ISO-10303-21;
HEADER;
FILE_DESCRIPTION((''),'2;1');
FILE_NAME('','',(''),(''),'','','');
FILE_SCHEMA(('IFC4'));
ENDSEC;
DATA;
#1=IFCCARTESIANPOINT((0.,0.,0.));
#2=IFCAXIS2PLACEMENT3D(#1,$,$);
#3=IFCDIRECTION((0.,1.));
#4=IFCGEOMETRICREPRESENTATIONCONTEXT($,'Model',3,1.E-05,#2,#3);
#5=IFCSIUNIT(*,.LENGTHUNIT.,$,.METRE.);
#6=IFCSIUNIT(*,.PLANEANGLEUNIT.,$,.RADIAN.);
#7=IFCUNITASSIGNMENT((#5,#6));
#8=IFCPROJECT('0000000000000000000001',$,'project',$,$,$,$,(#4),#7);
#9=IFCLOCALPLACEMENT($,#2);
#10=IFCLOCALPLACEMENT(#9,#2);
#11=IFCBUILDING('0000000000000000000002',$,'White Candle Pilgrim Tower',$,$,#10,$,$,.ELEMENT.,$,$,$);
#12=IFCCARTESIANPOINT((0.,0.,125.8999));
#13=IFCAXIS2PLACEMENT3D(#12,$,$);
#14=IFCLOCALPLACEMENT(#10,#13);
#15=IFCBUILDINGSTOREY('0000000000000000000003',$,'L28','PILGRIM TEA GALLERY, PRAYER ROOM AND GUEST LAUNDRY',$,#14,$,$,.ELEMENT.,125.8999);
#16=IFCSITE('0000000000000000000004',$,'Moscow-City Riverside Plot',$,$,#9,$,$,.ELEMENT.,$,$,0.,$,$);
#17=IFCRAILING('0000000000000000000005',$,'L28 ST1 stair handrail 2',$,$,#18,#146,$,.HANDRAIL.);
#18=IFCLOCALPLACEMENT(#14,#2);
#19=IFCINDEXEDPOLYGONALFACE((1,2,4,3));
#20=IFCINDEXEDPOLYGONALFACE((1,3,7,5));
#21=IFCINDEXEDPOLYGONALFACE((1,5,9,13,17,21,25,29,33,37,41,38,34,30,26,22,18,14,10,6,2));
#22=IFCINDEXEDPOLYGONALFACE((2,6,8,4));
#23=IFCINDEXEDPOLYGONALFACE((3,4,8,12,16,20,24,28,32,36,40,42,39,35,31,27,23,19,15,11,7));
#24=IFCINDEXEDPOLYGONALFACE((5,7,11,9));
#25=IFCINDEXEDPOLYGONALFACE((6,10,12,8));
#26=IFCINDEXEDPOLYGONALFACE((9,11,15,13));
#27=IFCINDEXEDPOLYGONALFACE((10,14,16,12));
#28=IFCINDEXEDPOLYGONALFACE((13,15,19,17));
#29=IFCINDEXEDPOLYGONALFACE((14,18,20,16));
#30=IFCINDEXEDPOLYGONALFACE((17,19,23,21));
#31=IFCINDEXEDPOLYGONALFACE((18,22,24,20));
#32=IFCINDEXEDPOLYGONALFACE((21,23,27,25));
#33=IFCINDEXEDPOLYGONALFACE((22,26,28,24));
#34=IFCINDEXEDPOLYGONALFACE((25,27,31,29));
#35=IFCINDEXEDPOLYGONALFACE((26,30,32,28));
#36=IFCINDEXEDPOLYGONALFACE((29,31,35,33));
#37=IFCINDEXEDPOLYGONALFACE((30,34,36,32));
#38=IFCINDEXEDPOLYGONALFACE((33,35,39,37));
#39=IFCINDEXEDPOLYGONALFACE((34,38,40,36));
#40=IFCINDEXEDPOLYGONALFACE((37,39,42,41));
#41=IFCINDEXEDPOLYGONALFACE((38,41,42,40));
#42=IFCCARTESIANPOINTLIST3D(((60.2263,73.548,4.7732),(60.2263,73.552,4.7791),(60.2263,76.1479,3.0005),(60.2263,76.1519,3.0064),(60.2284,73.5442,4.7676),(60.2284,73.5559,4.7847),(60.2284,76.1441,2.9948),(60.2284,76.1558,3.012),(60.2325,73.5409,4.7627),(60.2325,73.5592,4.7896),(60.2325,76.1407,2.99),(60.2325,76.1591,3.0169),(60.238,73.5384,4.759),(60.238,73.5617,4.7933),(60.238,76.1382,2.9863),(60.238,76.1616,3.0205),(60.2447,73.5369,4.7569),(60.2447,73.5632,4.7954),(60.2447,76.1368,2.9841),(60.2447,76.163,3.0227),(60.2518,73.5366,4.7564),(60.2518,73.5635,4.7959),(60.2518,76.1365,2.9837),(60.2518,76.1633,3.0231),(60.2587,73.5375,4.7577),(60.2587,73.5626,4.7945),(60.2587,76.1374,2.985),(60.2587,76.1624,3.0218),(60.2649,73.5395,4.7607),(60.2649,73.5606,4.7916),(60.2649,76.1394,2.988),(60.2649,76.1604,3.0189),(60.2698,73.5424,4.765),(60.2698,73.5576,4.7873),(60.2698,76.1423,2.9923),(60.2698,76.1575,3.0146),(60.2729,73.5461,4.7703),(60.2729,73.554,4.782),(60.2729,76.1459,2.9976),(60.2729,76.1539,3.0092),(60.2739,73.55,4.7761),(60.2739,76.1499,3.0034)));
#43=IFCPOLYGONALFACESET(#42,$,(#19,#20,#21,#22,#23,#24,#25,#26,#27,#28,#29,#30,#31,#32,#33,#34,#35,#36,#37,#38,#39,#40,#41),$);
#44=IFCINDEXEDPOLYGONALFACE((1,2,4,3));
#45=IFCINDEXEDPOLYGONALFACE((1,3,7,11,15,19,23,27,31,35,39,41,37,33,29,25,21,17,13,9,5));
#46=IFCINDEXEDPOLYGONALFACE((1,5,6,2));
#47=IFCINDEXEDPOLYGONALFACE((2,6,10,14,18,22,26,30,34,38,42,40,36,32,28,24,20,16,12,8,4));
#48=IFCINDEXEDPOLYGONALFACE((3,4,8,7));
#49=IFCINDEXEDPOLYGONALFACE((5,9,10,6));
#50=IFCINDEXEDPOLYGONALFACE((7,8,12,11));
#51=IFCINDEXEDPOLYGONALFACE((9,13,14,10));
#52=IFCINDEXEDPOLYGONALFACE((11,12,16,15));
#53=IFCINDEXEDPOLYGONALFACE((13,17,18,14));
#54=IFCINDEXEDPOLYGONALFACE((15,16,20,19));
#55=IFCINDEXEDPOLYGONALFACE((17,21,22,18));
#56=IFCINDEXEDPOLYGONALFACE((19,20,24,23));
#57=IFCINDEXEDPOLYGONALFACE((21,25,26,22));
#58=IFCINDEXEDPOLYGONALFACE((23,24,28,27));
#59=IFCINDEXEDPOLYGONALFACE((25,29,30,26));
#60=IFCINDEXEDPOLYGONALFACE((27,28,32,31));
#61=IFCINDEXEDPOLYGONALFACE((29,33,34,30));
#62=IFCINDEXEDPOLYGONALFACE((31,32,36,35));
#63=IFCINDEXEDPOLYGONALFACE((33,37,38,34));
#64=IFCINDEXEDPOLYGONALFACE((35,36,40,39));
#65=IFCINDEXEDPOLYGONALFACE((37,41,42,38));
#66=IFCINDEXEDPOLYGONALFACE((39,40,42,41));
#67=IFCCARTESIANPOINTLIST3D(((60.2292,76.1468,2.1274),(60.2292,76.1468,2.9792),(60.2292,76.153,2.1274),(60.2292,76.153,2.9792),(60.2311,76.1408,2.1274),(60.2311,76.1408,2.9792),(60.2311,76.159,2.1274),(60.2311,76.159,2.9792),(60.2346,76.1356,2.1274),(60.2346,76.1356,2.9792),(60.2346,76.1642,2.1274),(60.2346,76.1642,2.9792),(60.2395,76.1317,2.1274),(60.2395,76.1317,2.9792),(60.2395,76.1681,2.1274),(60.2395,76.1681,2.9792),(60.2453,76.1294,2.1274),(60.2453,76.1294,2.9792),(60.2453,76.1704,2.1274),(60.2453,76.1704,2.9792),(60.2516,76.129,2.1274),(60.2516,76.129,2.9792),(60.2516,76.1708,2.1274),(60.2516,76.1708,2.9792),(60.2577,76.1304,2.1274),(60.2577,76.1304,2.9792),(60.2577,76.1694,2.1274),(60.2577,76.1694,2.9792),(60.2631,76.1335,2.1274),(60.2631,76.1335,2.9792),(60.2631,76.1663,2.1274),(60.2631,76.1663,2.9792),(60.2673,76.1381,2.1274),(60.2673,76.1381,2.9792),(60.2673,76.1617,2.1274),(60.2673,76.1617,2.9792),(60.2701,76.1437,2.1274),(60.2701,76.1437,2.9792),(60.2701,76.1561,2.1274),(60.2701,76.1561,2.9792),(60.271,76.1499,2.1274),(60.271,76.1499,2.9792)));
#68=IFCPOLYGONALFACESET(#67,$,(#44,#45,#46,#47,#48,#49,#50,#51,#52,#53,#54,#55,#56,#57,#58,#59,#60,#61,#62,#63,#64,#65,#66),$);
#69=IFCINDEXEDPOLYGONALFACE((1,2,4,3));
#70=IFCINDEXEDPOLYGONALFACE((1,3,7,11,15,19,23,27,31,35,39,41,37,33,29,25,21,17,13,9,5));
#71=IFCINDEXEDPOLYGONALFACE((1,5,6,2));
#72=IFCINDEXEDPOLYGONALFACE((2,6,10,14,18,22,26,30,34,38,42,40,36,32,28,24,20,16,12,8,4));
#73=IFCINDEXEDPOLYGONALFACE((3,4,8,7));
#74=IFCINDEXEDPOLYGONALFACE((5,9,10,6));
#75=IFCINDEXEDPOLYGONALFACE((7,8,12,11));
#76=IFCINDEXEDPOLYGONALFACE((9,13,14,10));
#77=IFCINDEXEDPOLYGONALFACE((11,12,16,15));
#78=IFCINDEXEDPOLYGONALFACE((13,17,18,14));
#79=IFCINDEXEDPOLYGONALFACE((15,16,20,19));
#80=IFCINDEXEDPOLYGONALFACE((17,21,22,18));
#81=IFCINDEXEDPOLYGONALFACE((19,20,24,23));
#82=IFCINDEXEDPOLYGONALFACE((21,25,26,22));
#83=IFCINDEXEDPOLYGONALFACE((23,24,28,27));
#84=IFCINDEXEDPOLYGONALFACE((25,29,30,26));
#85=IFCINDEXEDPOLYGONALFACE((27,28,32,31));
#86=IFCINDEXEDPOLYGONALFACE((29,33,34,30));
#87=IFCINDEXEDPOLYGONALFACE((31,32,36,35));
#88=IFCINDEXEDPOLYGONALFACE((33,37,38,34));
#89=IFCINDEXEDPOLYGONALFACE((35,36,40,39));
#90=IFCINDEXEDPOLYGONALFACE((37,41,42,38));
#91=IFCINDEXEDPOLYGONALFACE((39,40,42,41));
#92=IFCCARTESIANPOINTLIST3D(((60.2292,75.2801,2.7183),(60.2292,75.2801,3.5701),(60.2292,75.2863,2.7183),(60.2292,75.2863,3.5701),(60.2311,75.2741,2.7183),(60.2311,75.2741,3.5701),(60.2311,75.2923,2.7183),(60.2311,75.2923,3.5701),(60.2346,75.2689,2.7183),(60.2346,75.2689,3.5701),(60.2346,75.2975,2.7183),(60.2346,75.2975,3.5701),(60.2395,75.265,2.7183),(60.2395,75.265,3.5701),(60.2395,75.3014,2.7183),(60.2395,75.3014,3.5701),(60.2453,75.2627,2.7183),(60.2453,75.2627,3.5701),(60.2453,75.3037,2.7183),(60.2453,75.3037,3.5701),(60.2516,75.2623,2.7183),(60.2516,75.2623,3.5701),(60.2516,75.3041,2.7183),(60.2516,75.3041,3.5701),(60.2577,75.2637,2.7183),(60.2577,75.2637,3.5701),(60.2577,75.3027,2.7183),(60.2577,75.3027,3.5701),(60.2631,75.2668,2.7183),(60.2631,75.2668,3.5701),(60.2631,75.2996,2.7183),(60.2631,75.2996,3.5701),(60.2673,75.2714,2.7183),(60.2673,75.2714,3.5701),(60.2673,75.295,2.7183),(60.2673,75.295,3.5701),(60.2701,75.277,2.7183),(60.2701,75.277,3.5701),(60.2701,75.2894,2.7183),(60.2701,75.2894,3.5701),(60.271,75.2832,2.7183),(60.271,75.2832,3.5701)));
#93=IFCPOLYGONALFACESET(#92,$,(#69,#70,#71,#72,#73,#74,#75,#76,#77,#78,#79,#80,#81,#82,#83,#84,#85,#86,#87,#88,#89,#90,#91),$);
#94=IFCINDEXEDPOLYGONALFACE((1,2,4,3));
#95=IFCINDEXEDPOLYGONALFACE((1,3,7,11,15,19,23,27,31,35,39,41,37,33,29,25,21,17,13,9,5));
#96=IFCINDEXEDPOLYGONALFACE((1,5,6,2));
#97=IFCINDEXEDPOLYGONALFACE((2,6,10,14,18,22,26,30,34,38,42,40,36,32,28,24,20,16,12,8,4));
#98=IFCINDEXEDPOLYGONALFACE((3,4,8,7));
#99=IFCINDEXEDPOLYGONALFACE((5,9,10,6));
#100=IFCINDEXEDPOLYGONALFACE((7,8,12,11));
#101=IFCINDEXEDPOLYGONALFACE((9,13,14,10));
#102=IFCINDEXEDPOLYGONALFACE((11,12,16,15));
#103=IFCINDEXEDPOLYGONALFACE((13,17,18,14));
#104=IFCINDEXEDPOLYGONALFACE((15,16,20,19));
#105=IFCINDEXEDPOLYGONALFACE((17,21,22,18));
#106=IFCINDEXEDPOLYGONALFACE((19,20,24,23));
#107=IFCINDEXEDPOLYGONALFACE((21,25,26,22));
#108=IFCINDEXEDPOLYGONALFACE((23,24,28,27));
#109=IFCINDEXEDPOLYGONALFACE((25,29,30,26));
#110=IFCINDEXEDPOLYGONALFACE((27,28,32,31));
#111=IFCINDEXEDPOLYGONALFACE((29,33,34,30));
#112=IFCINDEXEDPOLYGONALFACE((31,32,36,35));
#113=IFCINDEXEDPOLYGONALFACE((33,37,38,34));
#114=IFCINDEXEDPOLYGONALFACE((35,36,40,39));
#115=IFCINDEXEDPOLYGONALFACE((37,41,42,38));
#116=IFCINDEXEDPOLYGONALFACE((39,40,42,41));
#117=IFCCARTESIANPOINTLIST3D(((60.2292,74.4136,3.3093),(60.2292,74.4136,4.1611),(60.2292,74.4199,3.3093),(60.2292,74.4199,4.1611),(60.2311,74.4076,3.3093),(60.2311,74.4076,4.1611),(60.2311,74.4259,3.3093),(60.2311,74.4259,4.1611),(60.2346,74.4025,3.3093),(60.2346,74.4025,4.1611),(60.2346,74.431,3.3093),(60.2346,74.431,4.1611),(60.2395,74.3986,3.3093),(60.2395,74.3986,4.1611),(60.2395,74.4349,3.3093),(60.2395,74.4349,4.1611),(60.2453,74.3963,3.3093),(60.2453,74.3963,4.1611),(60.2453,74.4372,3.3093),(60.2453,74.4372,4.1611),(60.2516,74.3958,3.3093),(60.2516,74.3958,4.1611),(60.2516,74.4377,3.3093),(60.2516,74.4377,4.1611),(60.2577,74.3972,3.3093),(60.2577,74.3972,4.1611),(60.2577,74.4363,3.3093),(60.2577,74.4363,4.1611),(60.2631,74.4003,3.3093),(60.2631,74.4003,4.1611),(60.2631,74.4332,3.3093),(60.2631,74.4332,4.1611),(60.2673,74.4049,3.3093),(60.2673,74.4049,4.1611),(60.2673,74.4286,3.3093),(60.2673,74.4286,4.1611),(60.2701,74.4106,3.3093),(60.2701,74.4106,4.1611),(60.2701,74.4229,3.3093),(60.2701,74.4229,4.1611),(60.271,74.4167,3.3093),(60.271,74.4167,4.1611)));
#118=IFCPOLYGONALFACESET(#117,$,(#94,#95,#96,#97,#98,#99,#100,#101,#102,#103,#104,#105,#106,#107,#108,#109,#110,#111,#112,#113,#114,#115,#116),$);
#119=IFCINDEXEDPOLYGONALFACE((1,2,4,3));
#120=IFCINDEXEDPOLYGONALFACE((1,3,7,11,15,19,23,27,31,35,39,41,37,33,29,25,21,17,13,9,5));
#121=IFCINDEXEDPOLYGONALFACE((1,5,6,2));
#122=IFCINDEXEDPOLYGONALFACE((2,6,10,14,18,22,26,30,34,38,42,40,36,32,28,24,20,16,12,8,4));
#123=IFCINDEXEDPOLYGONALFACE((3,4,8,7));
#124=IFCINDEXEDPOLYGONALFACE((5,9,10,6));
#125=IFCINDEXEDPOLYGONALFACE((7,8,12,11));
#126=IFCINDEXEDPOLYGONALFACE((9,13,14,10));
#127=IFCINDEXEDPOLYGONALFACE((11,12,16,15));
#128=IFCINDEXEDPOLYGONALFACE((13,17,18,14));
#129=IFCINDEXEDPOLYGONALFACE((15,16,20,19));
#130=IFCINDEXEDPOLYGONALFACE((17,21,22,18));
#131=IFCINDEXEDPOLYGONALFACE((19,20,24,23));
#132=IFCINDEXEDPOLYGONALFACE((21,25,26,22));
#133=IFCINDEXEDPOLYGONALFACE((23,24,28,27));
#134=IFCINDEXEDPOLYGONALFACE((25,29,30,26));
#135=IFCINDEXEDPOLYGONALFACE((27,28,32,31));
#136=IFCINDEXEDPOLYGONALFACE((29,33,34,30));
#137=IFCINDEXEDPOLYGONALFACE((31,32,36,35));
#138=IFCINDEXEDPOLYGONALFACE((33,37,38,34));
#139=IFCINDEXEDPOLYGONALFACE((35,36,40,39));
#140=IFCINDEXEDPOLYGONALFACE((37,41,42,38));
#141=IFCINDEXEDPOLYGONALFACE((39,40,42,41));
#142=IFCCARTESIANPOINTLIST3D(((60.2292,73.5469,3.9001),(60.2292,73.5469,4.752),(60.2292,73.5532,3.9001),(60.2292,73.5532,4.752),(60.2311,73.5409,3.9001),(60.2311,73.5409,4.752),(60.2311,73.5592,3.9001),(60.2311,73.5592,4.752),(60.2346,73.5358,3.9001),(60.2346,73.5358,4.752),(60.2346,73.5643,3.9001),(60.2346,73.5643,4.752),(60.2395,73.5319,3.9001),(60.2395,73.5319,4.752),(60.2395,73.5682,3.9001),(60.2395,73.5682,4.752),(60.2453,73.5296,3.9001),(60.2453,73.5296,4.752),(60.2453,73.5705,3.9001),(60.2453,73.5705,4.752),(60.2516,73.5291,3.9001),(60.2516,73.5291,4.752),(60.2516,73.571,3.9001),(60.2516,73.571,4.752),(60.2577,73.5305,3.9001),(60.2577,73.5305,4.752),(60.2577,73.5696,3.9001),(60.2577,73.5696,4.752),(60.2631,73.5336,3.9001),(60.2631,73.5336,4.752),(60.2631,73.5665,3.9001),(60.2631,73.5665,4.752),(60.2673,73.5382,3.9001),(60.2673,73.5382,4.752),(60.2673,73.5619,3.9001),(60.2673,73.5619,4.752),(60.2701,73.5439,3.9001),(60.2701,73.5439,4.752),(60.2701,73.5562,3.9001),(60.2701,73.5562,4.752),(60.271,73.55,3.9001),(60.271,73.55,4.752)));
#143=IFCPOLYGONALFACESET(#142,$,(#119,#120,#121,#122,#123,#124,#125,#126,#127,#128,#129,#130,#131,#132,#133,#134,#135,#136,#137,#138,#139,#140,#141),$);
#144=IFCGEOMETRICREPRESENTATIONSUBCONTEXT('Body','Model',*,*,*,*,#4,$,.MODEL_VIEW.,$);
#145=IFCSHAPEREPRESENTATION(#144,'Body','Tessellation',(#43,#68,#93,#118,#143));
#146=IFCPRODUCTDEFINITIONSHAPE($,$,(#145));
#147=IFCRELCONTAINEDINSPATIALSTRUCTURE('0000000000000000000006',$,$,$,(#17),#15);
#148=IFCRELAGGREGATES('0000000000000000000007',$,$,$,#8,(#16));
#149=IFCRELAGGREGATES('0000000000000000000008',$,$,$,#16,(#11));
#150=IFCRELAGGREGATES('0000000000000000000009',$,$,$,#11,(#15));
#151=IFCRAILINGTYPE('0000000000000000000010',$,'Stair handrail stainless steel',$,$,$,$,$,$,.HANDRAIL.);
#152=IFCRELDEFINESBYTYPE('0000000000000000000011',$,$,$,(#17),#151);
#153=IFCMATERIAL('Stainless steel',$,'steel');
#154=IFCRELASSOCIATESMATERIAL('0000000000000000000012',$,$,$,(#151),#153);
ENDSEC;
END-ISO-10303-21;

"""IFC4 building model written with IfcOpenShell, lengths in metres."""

from ifc_helpers import new_model, si_unit, direction, frame, origin, origin_2d, place, context, subcontext, project, spatial, circle, extrude, material, type_object, element, save


model = new_model("IFC4")

# Units and contexts
model_context = context("Model", 3, precision=1e-05, world=origin(), true_north=direction((0.0, 1.0)))
body_context = subcontext(model_context, "Body", "Model", "MODEL_VIEW")
ifc_project = project(units=[si_unit("LENGTHUNIT", "METRE"), si_unit("PLANEANGLEUNIT", "RADIAN")], contexts=[model_context])

# Site, building, storey
site_placement = place(None, origin())
site = spatial("IfcSite", under=ifc_project, at=site_placement, Name="Moscow-City Riverside Plot", CompositionType="ELEMENT", RefElevation=0.0)
building_placement = place(site_placement, origin())
building = spatial("IfcBuilding", under=site, at=building_placement, Name="White Candle Pilgrim Tower", CompositionType="ELEMENT")
storey_placement = place(building_placement, frame((0.0, 0.0, 125.8999)))
storey = spatial("IfcBuildingStorey", under=building, at=storey_placement, Name="L28", Description="PILGRIM TEA GALLERY, PRAYER ROOM AND GUEST LAUNDRY", CompositionType="ELEMENT", Elevation=125.8999)

# Railing
ifc_material_1 = material(Name="Stainless steel", Category="steel")
railing_type_1 = type_object("IfcRailingType", Name="Stair handrail stainless steel", PredefinedType="HANDRAIL", material=ifc_material_1)
railing_1_placement = place(storey_placement, frame((60.25, 76.1499, 2.1274)))
element("IfcRailing", 1, at=railing_1_placement, inside=storey, type_object=railing_type_1, Name="L28 ST1 stair handrail 2", PredefinedType="HANDRAIL", context=body_context, shape_type="SweptSolid", body=[
    extrude(circle(Radius=0.0239, at=origin_2d()), frame((0.0, 0.0, 0.876), z_axis=(0.0, -0.826216, 0.563354), x_axis=(1.0, 0.0, 0.0)), (0.0, 0.0, 1.0), 3.1467),
    extrude(circle(Radius=0.021, at=origin_2d()), origin(), (0.0, 0.0, 1.0), 0.8518),
    extrude(circle(Radius=0.021, at=origin_2d()), frame((0.0, -0.8667, 0.5908)), (0.0, 0.0, 1.0), 0.8518),
    extrude(circle(Radius=0.021, at=origin_2d()), frame((0.0, -1.7332, 1.1819)), (0.0, 0.0, 1.0), 0.8518),
    extrude(circle(Radius=0.021, at=origin_2d()), frame((0.0, -2.5999, 1.7727)), (0.0, 0.0, 1.0), 0.8518),
])

save(model, "model.ifc")
